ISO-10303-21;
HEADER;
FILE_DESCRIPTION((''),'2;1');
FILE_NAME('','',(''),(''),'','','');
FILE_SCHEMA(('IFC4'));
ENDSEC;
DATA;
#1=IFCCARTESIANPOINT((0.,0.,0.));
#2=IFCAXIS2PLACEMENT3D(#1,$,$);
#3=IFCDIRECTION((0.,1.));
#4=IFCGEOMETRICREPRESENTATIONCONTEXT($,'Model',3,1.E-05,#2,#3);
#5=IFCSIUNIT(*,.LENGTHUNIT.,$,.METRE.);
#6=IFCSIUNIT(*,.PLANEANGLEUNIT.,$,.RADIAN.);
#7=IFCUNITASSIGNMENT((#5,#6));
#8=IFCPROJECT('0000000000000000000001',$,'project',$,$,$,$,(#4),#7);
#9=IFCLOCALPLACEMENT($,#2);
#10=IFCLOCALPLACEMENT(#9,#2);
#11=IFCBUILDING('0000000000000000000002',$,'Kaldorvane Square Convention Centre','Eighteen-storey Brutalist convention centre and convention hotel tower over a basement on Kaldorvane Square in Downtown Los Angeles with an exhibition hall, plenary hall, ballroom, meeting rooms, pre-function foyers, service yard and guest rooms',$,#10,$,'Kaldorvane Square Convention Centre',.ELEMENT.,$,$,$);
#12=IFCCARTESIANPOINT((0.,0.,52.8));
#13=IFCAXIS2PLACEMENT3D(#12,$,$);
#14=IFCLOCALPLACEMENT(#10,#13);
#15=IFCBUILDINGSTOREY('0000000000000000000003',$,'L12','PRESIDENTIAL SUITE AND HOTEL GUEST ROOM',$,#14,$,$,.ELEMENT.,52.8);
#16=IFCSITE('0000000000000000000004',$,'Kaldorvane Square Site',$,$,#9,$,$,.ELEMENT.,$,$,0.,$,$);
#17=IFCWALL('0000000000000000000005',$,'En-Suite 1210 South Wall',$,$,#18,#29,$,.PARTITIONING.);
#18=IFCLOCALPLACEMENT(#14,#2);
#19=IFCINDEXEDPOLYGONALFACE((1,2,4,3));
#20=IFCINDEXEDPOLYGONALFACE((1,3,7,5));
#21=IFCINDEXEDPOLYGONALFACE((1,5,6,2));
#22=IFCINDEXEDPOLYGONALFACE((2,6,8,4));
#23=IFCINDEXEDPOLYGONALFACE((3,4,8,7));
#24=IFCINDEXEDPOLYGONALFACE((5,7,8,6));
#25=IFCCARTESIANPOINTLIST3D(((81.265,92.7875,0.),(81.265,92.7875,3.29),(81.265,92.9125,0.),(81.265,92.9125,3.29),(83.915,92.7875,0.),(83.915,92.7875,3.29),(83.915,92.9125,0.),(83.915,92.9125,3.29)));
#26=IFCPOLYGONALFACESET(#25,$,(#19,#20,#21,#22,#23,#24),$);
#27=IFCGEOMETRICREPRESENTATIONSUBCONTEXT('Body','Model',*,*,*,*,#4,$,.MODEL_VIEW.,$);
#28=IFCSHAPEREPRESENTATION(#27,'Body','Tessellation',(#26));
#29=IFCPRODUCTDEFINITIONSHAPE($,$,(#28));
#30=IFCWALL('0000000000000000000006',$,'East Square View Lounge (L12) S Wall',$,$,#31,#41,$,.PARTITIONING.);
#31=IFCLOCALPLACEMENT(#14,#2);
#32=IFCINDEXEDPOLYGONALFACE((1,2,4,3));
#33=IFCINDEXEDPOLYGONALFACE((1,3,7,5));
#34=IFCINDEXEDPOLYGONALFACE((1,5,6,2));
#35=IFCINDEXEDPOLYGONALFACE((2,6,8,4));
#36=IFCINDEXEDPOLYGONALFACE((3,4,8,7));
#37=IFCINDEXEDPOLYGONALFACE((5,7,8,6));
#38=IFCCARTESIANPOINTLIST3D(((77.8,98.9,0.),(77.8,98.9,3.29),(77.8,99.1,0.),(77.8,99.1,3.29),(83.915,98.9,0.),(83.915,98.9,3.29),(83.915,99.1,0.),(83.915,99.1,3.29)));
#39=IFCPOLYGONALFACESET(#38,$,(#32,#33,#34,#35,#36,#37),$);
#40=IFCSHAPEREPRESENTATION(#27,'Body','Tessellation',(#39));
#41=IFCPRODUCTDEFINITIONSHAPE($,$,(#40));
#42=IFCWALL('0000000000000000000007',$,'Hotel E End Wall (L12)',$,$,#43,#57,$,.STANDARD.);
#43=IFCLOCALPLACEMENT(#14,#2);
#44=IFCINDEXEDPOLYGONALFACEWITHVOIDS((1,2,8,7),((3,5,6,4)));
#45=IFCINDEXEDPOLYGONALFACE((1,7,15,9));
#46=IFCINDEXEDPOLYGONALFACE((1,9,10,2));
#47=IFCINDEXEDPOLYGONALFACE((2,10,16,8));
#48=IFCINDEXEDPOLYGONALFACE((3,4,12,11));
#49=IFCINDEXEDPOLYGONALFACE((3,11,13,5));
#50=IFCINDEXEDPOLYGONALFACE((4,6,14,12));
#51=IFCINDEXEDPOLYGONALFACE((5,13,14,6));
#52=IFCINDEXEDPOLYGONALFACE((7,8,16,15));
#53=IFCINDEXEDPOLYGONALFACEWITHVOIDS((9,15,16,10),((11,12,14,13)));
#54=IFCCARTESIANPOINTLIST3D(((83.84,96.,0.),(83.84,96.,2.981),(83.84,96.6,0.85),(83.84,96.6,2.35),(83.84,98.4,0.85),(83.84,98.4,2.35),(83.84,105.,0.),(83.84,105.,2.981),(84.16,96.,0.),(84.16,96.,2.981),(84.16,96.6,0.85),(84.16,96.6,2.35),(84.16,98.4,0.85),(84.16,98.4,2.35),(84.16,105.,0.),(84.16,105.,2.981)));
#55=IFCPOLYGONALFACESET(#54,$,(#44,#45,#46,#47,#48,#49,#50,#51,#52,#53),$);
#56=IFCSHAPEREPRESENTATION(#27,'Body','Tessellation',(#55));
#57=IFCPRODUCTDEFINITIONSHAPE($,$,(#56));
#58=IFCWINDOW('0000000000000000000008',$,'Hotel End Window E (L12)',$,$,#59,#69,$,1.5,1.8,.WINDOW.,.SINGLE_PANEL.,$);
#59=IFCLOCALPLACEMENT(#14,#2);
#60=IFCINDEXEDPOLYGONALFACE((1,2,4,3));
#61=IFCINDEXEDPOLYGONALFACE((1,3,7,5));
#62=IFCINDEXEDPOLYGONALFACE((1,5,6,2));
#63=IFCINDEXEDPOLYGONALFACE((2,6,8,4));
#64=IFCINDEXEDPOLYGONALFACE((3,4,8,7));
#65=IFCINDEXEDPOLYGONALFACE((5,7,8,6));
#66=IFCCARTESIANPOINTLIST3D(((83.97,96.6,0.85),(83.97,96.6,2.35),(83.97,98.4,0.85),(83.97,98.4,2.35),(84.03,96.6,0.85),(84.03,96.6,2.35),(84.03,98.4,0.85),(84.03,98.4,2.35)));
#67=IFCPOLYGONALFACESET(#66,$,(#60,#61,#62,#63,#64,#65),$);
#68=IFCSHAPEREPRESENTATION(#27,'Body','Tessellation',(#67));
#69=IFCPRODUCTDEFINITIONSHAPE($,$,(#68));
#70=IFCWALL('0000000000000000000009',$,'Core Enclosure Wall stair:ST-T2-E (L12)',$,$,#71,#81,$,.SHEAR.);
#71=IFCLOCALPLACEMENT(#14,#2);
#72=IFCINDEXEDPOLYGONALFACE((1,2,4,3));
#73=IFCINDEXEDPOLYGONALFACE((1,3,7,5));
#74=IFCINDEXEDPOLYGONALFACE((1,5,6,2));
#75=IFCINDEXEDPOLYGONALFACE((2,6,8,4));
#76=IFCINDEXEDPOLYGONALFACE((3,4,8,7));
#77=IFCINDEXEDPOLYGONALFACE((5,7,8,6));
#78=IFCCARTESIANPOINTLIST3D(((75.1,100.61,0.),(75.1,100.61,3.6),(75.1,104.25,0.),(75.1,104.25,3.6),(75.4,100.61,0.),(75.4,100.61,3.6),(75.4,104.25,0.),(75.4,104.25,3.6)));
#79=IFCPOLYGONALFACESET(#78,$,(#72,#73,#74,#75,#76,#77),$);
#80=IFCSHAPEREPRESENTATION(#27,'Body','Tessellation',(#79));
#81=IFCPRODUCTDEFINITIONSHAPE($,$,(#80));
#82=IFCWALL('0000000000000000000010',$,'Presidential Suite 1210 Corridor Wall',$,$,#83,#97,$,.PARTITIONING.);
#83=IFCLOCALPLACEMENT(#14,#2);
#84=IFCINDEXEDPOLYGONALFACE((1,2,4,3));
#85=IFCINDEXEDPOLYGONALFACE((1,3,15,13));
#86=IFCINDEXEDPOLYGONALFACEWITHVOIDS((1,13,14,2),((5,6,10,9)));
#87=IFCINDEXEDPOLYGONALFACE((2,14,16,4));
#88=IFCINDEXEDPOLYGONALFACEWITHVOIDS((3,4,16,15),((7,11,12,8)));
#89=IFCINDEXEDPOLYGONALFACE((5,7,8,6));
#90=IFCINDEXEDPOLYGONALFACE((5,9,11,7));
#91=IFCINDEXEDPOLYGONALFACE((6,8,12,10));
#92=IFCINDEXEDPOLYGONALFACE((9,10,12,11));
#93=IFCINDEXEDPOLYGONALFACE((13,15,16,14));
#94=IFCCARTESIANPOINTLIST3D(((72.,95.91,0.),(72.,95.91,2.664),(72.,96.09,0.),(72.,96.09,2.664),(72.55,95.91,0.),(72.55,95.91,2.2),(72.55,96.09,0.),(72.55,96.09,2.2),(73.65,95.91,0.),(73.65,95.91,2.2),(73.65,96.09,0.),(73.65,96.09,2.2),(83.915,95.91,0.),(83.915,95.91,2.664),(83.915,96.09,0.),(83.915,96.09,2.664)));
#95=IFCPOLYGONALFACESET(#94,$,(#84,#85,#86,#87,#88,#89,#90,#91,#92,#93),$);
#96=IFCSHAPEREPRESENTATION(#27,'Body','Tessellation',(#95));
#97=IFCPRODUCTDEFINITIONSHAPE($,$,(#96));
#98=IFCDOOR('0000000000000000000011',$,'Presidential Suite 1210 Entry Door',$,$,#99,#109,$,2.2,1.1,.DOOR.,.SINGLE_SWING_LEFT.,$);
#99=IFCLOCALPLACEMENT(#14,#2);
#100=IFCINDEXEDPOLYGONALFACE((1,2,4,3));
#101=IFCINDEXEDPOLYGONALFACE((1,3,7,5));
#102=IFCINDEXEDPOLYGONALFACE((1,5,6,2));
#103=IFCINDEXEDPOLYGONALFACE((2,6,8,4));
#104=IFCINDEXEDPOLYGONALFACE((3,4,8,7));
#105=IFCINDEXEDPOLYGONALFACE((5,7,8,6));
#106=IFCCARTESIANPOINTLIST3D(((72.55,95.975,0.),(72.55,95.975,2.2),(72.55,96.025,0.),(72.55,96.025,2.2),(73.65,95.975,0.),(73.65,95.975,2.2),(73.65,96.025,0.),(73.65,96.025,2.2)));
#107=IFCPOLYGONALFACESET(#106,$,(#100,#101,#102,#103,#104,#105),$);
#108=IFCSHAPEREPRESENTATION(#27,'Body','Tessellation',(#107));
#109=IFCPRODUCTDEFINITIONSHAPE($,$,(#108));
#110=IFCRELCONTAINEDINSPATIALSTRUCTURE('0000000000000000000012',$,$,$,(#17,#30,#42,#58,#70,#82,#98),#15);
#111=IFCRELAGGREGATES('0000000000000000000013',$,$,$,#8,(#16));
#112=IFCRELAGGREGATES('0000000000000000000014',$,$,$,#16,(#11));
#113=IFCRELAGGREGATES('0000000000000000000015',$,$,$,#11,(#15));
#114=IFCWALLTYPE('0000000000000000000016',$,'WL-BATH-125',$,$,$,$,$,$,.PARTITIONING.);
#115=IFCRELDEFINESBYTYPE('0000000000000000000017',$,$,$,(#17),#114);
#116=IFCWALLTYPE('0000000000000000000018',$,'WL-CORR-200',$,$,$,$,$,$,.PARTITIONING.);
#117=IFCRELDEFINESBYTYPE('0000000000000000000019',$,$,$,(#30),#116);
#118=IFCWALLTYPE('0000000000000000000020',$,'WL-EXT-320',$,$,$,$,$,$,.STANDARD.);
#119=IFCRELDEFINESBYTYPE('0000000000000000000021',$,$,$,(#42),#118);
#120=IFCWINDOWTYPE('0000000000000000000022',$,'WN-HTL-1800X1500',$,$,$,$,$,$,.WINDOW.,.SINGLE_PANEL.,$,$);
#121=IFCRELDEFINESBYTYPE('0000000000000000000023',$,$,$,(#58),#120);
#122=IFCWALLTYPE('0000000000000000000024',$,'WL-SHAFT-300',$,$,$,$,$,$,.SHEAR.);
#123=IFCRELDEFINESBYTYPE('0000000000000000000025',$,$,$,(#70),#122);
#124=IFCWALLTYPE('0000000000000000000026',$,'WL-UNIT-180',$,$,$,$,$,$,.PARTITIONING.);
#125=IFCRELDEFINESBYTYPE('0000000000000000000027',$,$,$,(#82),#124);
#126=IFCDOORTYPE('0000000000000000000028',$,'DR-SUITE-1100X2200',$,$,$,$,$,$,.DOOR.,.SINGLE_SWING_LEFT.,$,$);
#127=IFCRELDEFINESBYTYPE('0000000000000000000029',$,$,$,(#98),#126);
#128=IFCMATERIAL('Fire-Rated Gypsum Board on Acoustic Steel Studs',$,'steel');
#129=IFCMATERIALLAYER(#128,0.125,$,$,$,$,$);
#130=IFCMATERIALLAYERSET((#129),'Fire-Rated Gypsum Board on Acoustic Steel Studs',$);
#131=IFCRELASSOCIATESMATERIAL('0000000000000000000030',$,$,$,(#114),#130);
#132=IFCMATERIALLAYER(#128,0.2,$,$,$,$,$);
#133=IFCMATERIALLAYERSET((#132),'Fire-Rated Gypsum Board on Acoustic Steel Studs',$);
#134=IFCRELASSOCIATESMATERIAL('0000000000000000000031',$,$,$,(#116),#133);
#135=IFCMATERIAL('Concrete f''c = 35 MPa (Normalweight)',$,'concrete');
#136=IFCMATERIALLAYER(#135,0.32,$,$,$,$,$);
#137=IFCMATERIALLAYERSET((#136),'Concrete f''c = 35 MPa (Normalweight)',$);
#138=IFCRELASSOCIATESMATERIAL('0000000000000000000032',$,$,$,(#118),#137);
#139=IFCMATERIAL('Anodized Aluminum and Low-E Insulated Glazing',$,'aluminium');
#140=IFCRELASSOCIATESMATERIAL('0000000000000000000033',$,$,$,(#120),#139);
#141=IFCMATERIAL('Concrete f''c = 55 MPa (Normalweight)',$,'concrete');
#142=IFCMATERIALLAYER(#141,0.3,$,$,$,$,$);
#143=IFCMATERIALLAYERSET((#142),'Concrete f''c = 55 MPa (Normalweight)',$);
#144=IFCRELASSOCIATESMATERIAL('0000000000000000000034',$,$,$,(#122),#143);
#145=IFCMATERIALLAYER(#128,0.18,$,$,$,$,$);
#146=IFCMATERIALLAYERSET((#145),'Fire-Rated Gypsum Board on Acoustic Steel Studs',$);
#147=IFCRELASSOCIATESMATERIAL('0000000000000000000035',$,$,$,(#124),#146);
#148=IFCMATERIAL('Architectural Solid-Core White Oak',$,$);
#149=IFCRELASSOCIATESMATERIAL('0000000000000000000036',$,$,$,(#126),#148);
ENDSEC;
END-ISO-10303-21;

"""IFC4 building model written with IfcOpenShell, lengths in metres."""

from ifc_helpers import new_model, si_unit, direction, frame, frame_2d, origin, place, context, subcontext, project, spatial, rectangle, extrude, material, layer, layer_set, type_object, element, fill, save


model = new_model("IFC4")

# Units and contexts
model_context = context("Model", 3, precision=1e-05, world=origin(), true_north=direction((0.0, 1.0)))
body_context = subcontext(model_context, "Body", "Model", "MODEL_VIEW")
ifc_project = project(units=[si_unit("LENGTHUNIT", "METRE"), si_unit("PLANEANGLEUNIT", "RADIAN")], contexts=[model_context])

# Site, building, storey
site_placement = place(None, origin())
site = spatial("IfcSite", under=ifc_project, at=site_placement, Name="Kaldorvane Square Site", CompositionType="ELEMENT", RefElevation=0.0)
building_placement = place(site_placement, origin())
building = spatial("IfcBuilding", under=site, at=building_placement, Name="Kaldorvane Square Convention Centre", Description="Eighteen-storey Brutalist convention centre and convention hotel tower over a basement on Kaldorvane Square in Downtown Los Angeles with an exhibition hall, plenary hall, ballroom, meeting rooms, pre-function foyers, service yard and guest rooms", LongName="Kaldorvane Square Convention Centre", CompositionType="ELEMENT")
storey_placement = place(building_placement, frame((0.0, 0.0, 52.8)))
storey = spatial("IfcBuildingStorey", under=building, at=storey_placement, Name="L12", Description="PRESIDENTIAL SUITE AND HOTEL GUEST ROOM", CompositionType="ELEMENT", Elevation=52.8)

# Shared definitions
ifc_material_1 = material(Name="Anodized Aluminum and Low-E Insulated Glazing", Category="aluminium")

# Shared definitions
ifc_material_2 = material(Name="Fire-Rated Gypsum Board on Acoustic Steel Studs", Category="steel")
ifc_layer_1 = layer(ifc_material_2, 0.125)
ifc_layer_set_1 = layer_set([ifc_layer_1], Name="Fire-Rated Gypsum Board on Acoustic Steel Studs")
wall_type_1 = type_object("IfcWallType", Name="WL-BATH-125", PredefinedType="PARTITIONING", material=ifc_layer_set_1)
ifc_material_3 = material(Name="Architectural Solid-Core White Oak")

# Walls
wall_1_placement = place(storey_placement, frame((81.265, 92.85, 0.0), z_axis=(0.0, 0.0, 1.0), x_axis=(1.0, 0.0, 0.0)))
element("IfcWall", 1, at=wall_1_placement, inside=storey, type_object=wall_type_1, Name="En-Suite 1210 South Wall", PredefinedType="PARTITIONING", context=body_context, shape_type="SweptSolid", body=[
    extrude(rectangle(XDim=2.65, YDim=0.125, at=frame_2d((1.325, 0.0))), origin(), (0.0, 0.0, 1.0), 3.29),
])
ifc_layer_2 = layer(ifc_material_2, 0.2)
ifc_layer_set_2 = layer_set([ifc_layer_2], Name="Fire-Rated Gypsum Board on Acoustic Steel Studs")
wall_type_2 = type_object("IfcWallType", Name="WL-CORR-200", PredefinedType="PARTITIONING", material=ifc_layer_set_2)
wall_2_placement = place(storey_placement, frame((77.8, 99.0, 0.0), z_axis=(0.0, 0.0, 1.0), x_axis=(1.0, 0.0, 0.0)))
element("IfcWall", 2, at=wall_2_placement, inside=storey, type_object=wall_type_2, Name="East Square View Lounge (L12) S Wall", PredefinedType="PARTITIONING", context=body_context, shape_type="SweptSolid", body=[
    extrude(rectangle(XDim=6.115, YDim=0.2, at=frame_2d((3.0575, 0.0))), origin(), (0.0, 0.0, 1.0), 3.29),
])

# Wall, opening, window
ifc_material_4 = material(Name="Concrete f'c = 35 MPa (Normalweight)", Category="concrete")
ifc_layer_3 = layer(ifc_material_4, 0.32)
ifc_layer_set_3 = layer_set([ifc_layer_3], Name="Concrete f'c = 35 MPa (Normalweight)")
wall_type_3 = type_object("IfcWallType", Name="WL-EXT-320", PredefinedType="STANDARD", material=ifc_layer_set_3)
wall_3_placement = place(storey_placement, frame((84.0, 96.0, 0.0), z_axis=(0.0, 0.0, 1.0), x_axis=(0.0, 1.0, 0.0)))
wall_3 = element("IfcWall", 3, at=wall_3_placement, inside=storey, type_object=wall_type_3, Name="Hotel E End Wall (L12)", PredefinedType="STANDARD", context=body_context, shape_type="SweptSolid", body=[
    extrude(rectangle(XDim=9.0, YDim=0.32, at=frame_2d((4.5, 0.0))), origin(), (0.0, 0.0, 1.0), 2.981),
])
opening_1_placement = place(wall_3_placement, frame((0.6, 0.0, 0.85)))
opening_1 = element("IfcOpeningElement", 4, at=opening_1_placement, cuts=wall_3, PredefinedType="OPENING", context=body_context, shape_type="SweptSolid", body=[
    extrude(rectangle(XDim=1.8, YDim=1.5, at=frame_2d((0.9, 0.75))), frame((0.0, 0.175, 0.0), z_axis=(0.0, -1.0, 0.0), x_axis=(1.0, 0.0, 0.0)), (0.0, 0.0, 1.0), 0.35),
])
window_type = type_object("IfcWindowType", Name="WN-HTL-1800X1500", PartitioningType="SINGLE_PANEL", PredefinedType="WINDOW", material=ifc_material_1)
window_placement = place(opening_1_placement, origin())
window = element("IfcWindow", 5, at=window_placement, inside=storey, type_object=window_type, Name="Hotel End Window E (L12)", OverallHeight=1.5, OverallWidth=1.8, PartitioningType="SINGLE_PANEL", PredefinedType="WINDOW", context=body_context, shape_type="SweptSolid", body=[
    extrude(rectangle(XDim=1.8, YDim=1.5, at=frame_2d((0.9, 0.75))), frame((0.0, 0.03, 0.0), z_axis=(0.0, -1.0, 0.0), x_axis=(1.0, 0.0, 0.0)), (0.0, 0.0, 1.0), 0.06),
])
fill(opening_1, window)

# Wall
ifc_material_5 = material(Name="Concrete f'c = 55 MPa (Normalweight)", Category="concrete")
ifc_layer_4 = layer(ifc_material_5, 0.3)
ifc_layer_set_4 = layer_set([ifc_layer_4], Name="Concrete f'c = 55 MPa (Normalweight)")
wall_type_4 = type_object("IfcWallType", Name="WL-SHAFT-300", PredefinedType="SHEAR", material=ifc_layer_set_4)
wall_4_placement = place(storey_placement, frame((75.25, 100.61, 0.0), z_axis=(0.0, 0.0, 1.0), x_axis=(0.0, 1.0, 0.0)))
element("IfcWall", 6, at=wall_4_placement, inside=storey, type_object=wall_type_4, Name="Core Enclosure Wall stair:ST-T2-E (L12)", PredefinedType="SHEAR", context=body_context, shape_type="SweptSolid", body=[
    extrude(rectangle(XDim=3.64, YDim=0.3, at=frame_2d((1.82, 0.0))), origin(), (0.0, 0.0, 1.0), 3.6),
])

# Wall, opening, door
ifc_layer_5 = layer(ifc_material_2, 0.18)
ifc_layer_set_5 = layer_set([ifc_layer_5], Name="Fire-Rated Gypsum Board on Acoustic Steel Studs")
wall_type_5 = type_object("IfcWallType", Name="WL-UNIT-180", PredefinedType="PARTITIONING", material=ifc_layer_set_5)
wall_5_placement = place(storey_placement, frame((72.0, 96.0, 0.0), z_axis=(0.0, 0.0, 1.0), x_axis=(1.0, 0.0, 0.0)))
wall_5 = element("IfcWall", 7, at=wall_5_placement, inside=storey, type_object=wall_type_5, Name="Presidential Suite 1210 Corridor Wall", PredefinedType="PARTITIONING", context=body_context, shape_type="SweptSolid", body=[
    extrude(rectangle(XDim=11.915, YDim=0.18, at=frame_2d((5.9575, 0.0))), origin(), (0.0, 0.0, 1.0), 2.664),
])
opening_2_placement = place(wall_5_placement, frame((0.55, 0.0, 0.0)))
opening_2 = element("IfcOpeningElement", 8, at=opening_2_placement, cuts=wall_5, PredefinedType="OPENING", context=body_context, shape_type="SweptSolid", body=[
    extrude(rectangle(XDim=1.1, YDim=2.2, at=frame_2d((0.55, 1.1))), frame((0.0, 0.105, 0.0), z_axis=(0.0, -1.0, 0.0), x_axis=(1.0, 0.0, 0.0)), (0.0, 0.0, 1.0), 0.21),
])
door_type_1 = type_object("IfcDoorType", Name="DR-SUITE-1100X2200", OperationType="SINGLE_SWING_LEFT", PredefinedType="DOOR", material=ifc_material_3)
door_1_placement = place(opening_2_placement, origin())
door_1 = element("IfcDoor", 9, at=door_1_placement, inside=storey, type_object=door_type_1, Name="Presidential Suite 1210 Entry Door", OperationType="SINGLE_SWING_LEFT", OverallHeight=2.2, OverallWidth=1.1, PredefinedType="DOOR", context=body_context, shape_type="SweptSolid", body=[
    extrude(rectangle(XDim=1.1, YDim=2.2, at=frame_2d((0.55, 1.1))), frame((0.0, 0.025, 0.0), z_axis=(0.0, -1.0, 0.0), x_axis=(1.0, 0.0, 0.0)), (0.0, 0.0, 1.0), 0.05),
])
fill(opening_2, door_1)

save(model, "model.ifc")
